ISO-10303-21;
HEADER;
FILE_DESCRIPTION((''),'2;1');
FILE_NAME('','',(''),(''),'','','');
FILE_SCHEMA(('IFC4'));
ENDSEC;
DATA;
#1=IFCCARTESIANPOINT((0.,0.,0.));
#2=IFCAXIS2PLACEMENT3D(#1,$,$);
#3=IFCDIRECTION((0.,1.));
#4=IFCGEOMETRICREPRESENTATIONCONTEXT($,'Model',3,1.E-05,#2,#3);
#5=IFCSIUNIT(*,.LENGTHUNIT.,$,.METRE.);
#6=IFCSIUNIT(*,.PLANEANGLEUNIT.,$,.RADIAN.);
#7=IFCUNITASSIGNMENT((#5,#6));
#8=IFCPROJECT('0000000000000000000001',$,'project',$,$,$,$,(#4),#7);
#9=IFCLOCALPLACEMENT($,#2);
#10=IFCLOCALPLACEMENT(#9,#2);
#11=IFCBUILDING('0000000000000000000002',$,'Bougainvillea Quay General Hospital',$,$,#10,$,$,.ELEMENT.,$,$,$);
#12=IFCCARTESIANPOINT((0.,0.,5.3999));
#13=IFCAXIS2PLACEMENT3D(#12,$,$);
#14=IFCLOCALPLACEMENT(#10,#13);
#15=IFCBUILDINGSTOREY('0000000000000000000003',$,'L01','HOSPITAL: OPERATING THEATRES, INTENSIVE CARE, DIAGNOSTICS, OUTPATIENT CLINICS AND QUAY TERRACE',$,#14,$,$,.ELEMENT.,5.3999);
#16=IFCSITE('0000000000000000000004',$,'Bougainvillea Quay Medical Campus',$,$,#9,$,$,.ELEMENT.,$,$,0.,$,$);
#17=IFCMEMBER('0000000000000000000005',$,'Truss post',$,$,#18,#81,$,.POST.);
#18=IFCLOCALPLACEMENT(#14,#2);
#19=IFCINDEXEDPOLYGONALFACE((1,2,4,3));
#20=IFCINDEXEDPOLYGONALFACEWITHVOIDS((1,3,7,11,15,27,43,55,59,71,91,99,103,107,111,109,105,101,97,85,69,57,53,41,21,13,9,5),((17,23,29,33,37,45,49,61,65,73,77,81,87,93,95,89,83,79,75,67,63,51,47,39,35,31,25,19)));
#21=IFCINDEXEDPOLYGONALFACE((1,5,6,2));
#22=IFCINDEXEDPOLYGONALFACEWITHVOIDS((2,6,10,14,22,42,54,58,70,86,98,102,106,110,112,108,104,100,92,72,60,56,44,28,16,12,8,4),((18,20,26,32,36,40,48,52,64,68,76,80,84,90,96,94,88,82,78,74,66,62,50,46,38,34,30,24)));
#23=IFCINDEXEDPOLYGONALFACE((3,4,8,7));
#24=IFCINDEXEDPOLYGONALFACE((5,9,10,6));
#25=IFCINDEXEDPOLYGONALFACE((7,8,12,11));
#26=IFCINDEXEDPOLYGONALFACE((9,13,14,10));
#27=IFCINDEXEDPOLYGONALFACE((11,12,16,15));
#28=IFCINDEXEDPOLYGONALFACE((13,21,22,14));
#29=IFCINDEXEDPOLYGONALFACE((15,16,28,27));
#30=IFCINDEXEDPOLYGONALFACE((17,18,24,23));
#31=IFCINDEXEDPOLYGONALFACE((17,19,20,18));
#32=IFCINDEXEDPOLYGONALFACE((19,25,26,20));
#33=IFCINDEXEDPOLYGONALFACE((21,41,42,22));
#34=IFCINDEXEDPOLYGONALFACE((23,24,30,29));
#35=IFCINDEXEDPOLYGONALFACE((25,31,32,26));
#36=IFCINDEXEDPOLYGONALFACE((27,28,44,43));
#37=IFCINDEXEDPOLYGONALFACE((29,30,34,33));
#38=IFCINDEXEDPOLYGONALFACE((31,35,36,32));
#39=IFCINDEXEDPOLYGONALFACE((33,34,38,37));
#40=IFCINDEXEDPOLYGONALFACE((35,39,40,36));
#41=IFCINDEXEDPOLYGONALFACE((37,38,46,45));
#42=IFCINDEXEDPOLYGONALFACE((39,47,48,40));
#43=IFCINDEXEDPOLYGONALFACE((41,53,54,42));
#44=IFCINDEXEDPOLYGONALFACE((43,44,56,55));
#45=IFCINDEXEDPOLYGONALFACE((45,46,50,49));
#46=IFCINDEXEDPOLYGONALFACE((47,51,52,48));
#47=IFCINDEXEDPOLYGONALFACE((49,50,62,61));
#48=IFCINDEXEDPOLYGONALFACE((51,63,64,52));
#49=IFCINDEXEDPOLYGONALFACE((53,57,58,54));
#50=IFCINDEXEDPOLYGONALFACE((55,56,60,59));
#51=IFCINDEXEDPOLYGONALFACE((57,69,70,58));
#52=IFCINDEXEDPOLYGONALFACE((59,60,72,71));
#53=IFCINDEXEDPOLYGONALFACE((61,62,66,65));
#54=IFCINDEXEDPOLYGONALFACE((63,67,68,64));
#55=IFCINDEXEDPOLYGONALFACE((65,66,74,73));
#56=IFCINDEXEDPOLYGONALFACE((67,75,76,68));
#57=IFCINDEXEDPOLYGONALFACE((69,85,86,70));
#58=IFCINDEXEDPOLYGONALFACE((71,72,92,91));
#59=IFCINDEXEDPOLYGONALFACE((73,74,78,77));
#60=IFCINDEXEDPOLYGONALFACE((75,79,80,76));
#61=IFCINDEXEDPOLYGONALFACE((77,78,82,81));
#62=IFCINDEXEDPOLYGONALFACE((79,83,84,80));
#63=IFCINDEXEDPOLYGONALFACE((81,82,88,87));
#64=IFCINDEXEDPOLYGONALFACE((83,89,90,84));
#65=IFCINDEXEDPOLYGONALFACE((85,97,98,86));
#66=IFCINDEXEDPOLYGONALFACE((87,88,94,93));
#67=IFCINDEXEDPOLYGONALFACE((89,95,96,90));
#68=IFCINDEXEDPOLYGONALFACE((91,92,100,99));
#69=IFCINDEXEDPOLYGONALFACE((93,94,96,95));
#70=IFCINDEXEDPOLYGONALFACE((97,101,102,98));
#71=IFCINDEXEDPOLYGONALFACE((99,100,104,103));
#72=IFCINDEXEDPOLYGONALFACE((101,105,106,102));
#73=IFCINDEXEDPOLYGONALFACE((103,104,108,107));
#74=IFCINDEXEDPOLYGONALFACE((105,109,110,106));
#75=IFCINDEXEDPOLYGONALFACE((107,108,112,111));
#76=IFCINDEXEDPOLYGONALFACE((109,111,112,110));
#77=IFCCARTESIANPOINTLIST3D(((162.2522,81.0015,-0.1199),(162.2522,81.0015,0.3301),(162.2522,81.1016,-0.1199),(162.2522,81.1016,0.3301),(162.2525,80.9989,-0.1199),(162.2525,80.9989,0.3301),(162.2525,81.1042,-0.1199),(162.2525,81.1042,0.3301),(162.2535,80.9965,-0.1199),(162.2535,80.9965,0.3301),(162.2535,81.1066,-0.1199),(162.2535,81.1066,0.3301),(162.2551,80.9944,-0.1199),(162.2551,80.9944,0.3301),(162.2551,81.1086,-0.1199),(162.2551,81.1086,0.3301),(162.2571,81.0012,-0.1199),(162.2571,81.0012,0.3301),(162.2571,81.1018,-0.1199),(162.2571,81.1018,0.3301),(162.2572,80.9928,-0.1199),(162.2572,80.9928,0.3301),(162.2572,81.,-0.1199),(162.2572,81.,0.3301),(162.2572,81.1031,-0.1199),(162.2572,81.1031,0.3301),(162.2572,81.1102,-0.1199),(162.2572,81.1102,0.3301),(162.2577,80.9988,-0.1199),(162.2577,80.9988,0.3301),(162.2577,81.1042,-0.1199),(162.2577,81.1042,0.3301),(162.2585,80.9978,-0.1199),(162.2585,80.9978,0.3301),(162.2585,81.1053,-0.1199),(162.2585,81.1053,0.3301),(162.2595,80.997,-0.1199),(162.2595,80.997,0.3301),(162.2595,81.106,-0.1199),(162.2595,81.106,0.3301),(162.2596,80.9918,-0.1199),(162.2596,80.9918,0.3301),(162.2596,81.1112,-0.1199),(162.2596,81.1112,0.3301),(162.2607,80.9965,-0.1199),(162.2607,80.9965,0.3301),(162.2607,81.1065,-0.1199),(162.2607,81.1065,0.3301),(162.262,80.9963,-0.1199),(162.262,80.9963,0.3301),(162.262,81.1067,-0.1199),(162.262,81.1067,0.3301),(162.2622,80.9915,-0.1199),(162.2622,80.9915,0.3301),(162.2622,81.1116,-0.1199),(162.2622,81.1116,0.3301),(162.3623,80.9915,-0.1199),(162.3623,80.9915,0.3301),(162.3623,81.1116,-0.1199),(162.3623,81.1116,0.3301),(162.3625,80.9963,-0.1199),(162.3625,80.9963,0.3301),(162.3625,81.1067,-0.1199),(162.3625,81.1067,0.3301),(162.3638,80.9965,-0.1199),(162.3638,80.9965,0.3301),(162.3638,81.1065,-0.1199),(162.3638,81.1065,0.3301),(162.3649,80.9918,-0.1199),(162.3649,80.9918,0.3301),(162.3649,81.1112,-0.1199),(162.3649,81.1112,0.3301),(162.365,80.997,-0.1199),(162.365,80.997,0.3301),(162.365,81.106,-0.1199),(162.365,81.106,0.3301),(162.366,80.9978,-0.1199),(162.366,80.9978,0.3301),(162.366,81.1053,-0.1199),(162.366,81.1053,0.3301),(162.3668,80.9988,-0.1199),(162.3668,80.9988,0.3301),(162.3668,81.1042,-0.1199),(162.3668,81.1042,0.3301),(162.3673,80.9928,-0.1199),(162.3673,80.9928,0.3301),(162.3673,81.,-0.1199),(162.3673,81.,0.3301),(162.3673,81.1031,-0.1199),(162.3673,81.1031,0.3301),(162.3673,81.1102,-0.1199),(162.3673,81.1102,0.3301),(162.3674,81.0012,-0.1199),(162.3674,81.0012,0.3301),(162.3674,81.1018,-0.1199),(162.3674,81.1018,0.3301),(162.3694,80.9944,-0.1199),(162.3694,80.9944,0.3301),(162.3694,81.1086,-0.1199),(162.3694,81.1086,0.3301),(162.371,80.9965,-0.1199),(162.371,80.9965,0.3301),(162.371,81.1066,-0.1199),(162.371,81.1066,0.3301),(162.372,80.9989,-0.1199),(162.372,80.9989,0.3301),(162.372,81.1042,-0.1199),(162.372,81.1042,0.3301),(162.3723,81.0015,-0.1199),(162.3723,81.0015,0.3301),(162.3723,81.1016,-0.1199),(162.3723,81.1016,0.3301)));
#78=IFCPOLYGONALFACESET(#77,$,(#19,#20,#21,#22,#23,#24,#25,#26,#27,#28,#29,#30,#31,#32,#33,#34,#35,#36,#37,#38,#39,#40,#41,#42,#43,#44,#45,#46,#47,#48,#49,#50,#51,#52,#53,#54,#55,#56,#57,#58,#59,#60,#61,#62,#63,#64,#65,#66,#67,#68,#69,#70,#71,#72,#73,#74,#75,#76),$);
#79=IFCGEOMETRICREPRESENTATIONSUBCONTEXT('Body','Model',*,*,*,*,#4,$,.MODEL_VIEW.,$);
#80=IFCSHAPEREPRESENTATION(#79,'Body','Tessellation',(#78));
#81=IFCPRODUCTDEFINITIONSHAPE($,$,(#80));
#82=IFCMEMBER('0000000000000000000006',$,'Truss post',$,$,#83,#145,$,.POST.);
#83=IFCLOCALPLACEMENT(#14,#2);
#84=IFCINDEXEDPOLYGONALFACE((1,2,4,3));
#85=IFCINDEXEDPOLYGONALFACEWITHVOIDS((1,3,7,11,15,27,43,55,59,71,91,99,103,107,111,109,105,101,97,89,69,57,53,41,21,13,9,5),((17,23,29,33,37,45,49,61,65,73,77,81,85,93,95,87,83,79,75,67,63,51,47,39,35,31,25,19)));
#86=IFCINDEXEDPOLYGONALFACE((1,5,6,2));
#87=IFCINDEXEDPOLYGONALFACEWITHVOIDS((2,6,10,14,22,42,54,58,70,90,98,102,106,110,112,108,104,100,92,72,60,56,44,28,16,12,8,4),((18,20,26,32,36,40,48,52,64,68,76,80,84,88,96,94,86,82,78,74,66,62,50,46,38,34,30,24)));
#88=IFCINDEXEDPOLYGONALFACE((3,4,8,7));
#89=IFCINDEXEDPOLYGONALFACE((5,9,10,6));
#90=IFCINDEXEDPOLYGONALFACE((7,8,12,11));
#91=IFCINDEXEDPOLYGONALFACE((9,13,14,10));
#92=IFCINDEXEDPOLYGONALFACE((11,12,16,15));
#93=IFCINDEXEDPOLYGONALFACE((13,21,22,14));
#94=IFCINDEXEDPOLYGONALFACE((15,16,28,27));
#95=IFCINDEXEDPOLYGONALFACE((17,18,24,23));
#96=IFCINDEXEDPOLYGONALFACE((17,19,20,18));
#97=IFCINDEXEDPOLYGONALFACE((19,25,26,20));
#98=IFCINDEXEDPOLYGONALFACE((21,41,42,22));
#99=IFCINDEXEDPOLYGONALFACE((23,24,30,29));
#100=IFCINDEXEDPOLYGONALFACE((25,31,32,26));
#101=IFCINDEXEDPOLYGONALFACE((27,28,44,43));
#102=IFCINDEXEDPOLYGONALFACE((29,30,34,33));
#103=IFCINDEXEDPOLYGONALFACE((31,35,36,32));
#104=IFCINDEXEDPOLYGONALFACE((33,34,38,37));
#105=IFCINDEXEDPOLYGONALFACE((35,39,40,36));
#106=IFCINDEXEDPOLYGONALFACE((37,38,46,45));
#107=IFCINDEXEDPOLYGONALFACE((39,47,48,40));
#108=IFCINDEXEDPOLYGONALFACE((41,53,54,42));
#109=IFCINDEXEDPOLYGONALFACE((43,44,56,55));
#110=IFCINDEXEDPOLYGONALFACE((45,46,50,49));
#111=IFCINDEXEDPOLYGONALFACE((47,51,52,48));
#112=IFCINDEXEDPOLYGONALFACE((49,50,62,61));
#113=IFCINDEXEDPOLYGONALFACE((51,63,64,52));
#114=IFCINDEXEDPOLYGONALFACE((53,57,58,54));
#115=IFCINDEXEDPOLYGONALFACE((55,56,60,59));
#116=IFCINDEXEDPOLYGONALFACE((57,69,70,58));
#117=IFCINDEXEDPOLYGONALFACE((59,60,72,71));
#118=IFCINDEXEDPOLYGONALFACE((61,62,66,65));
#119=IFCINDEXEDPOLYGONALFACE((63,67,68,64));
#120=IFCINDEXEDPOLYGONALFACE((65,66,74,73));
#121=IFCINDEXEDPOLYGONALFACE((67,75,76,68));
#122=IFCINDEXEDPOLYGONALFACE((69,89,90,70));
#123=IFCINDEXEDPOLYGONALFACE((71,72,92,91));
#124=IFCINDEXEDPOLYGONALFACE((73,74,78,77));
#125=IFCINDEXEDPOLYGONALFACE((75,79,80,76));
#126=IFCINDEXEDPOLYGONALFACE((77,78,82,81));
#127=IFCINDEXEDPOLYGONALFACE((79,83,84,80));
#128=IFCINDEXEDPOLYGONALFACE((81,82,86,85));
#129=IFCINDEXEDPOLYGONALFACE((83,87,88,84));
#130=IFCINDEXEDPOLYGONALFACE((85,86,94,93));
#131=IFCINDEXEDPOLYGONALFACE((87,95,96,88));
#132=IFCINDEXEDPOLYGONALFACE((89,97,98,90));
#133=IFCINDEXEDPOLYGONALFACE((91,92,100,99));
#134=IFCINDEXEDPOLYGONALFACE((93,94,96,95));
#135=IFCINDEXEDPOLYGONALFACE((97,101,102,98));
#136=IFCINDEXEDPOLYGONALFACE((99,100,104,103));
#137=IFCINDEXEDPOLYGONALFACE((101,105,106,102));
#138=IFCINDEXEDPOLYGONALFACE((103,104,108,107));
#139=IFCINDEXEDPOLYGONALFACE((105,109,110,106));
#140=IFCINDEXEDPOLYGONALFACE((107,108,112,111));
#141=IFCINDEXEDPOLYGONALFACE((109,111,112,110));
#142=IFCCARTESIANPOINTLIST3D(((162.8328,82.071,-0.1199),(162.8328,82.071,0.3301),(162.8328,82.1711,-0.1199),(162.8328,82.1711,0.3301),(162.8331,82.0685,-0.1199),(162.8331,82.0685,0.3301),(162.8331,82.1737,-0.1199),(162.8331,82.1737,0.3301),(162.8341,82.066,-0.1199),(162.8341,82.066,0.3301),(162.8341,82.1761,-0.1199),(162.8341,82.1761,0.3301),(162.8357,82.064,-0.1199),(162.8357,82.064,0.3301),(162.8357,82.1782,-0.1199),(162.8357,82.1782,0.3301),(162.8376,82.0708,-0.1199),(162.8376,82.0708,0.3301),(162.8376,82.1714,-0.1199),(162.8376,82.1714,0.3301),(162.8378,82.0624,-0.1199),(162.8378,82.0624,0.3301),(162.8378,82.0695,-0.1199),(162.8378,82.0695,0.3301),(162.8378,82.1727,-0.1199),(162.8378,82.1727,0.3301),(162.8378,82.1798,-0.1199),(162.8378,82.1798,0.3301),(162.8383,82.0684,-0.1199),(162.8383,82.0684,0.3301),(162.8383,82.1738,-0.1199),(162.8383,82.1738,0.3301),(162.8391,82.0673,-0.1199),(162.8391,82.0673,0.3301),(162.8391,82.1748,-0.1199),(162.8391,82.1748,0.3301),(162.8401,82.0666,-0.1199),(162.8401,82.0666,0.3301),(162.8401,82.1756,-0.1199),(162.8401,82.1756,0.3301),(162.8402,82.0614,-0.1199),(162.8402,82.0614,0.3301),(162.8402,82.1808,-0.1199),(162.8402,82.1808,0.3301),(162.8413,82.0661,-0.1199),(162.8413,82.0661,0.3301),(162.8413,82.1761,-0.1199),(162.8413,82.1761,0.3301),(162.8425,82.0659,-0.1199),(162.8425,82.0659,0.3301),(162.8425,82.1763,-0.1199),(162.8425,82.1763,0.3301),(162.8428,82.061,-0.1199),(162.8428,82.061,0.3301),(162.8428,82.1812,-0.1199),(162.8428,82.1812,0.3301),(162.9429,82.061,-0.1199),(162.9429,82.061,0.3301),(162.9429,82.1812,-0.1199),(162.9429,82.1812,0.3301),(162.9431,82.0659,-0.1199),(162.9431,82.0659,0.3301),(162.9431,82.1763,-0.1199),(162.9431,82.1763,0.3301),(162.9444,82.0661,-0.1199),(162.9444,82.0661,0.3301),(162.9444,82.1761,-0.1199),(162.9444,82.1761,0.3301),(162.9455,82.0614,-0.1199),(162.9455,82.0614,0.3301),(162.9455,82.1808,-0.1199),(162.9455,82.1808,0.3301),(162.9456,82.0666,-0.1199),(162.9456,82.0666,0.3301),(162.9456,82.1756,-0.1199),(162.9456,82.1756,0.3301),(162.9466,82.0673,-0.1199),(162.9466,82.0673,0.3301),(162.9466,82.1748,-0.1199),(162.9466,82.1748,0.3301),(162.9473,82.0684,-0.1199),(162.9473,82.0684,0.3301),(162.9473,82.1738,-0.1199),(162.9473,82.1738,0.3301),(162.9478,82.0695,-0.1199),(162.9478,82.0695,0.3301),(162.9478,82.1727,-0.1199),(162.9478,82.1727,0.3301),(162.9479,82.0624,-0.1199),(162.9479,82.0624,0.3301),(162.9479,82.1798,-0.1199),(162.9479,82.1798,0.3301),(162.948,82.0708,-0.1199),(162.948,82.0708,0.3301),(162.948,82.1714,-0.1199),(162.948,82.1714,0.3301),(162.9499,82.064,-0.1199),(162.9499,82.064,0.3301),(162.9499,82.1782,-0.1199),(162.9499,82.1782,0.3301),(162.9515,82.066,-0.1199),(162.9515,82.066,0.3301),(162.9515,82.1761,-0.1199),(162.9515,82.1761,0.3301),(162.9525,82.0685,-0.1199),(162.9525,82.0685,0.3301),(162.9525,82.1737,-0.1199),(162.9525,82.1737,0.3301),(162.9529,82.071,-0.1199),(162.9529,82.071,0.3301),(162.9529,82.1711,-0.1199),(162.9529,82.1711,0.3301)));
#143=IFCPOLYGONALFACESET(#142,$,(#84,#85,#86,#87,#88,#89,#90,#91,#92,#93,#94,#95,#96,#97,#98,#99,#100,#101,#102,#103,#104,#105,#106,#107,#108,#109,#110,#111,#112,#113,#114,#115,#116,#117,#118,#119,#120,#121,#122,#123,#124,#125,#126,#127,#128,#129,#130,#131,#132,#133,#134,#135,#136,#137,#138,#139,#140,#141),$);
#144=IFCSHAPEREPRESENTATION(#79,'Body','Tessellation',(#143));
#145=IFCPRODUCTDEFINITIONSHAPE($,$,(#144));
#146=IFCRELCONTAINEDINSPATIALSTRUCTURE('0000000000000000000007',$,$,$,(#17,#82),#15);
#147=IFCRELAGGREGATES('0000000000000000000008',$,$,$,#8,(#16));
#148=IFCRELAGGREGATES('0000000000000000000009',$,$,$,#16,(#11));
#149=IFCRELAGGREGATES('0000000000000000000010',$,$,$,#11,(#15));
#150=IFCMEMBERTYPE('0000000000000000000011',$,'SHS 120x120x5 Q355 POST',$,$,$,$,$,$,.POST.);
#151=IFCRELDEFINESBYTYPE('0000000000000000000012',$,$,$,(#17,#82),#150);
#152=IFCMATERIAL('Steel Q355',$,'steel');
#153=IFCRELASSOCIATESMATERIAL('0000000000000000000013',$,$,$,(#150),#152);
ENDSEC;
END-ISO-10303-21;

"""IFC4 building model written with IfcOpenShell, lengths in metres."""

from ifc_helpers import new_model, si_unit, direction, frame, origin, origin_2d, place, context, subcontext, project, spatial, hollow_rectangle, extrude, material, material_profile, profile_set, type_object, element, save


model = new_model("IFC4")

# Units and contexts
model_context = context("Model", 3, precision=1e-05, world=origin(), true_north=direction((0.0, 1.0)))
body_context = subcontext(model_context, "Body", "Model", "MODEL_VIEW")
ifc_project = project(units=[si_unit("LENGTHUNIT", "METRE"), si_unit("PLANEANGLEUNIT", "RADIAN")], contexts=[model_context])

# Site, building, storey
site_placement = place(None, origin())
site = spatial("IfcSite", under=ifc_project, at=site_placement, Name="Bougainvillea Quay Medical Campus", CompositionType="ELEMENT", RefElevation=0.0)
building_placement = place(site_placement, origin())
building = spatial("IfcBuilding", under=site, at=building_placement, Name="Bougainvillea Quay General Hospital", CompositionType="ELEMENT")
storey_placement = place(building_placement, frame((0.0, 0.0, 5.3999)))
storey = spatial("IfcBuildingStorey", under=building, at=storey_placement, Name="L01", Description="HOSPITAL: OPERATING THEATRES, INTENSIVE CARE, DIAGNOSTICS, OUTPATIENT CLINICS AND QUAY TERRACE", CompositionType="ELEMENT", Elevation=5.3999)

# Members
ifc_material_1 = material(Name="Steel Q355", Category="steel")
ifc_material_profile_1 = material_profile(ifc_material_1, hollow_rectangle(XDim=0.1201, YDim=0.1201, WallThickness=0.0049, InnerFilletRadius=0.0049, OuterFilletRadius=0.01, at=origin_2d()))
ifc_profile_set_1 = profile_set([ifc_material_profile_1], Name="Steel Q355")
member_type_1 = type_object("IfcMemberType", Name="SHS 120x120x5 Q355 POST", PredefinedType="POST", material=ifc_profile_set_1)
for number, where, z_axis, x_axis, name in (
    (1, (162.3123, 81.0515, -0.1199), (0.0, 0.0, 1.0), (1.0, 0.0, 0.0), "Truss post"),
    (2, (162.8928, 82.1211, -0.1199), (0.0, 0.0, 1.0), (1.0, 0.0, 0.0), "Truss post"),
):
    element("IfcMember", number, at=place(storey_placement, frame(where, z_axis=z_axis, x_axis=x_axis)), inside=storey, type_object=member_type_1, Name=name, PredefinedType="POST", context=body_context, shape_type="SweptSolid", body=[
        extrude(hollow_rectangle(XDim=0.1201, YDim=0.1201, WallThickness=0.0049, InnerFilletRadius=0.0049, OuterFilletRadius=0.01, at=origin_2d()), origin(), (0.0, 0.0, 1.0), 0.45),
    ])

save(model, "model.ifc")
